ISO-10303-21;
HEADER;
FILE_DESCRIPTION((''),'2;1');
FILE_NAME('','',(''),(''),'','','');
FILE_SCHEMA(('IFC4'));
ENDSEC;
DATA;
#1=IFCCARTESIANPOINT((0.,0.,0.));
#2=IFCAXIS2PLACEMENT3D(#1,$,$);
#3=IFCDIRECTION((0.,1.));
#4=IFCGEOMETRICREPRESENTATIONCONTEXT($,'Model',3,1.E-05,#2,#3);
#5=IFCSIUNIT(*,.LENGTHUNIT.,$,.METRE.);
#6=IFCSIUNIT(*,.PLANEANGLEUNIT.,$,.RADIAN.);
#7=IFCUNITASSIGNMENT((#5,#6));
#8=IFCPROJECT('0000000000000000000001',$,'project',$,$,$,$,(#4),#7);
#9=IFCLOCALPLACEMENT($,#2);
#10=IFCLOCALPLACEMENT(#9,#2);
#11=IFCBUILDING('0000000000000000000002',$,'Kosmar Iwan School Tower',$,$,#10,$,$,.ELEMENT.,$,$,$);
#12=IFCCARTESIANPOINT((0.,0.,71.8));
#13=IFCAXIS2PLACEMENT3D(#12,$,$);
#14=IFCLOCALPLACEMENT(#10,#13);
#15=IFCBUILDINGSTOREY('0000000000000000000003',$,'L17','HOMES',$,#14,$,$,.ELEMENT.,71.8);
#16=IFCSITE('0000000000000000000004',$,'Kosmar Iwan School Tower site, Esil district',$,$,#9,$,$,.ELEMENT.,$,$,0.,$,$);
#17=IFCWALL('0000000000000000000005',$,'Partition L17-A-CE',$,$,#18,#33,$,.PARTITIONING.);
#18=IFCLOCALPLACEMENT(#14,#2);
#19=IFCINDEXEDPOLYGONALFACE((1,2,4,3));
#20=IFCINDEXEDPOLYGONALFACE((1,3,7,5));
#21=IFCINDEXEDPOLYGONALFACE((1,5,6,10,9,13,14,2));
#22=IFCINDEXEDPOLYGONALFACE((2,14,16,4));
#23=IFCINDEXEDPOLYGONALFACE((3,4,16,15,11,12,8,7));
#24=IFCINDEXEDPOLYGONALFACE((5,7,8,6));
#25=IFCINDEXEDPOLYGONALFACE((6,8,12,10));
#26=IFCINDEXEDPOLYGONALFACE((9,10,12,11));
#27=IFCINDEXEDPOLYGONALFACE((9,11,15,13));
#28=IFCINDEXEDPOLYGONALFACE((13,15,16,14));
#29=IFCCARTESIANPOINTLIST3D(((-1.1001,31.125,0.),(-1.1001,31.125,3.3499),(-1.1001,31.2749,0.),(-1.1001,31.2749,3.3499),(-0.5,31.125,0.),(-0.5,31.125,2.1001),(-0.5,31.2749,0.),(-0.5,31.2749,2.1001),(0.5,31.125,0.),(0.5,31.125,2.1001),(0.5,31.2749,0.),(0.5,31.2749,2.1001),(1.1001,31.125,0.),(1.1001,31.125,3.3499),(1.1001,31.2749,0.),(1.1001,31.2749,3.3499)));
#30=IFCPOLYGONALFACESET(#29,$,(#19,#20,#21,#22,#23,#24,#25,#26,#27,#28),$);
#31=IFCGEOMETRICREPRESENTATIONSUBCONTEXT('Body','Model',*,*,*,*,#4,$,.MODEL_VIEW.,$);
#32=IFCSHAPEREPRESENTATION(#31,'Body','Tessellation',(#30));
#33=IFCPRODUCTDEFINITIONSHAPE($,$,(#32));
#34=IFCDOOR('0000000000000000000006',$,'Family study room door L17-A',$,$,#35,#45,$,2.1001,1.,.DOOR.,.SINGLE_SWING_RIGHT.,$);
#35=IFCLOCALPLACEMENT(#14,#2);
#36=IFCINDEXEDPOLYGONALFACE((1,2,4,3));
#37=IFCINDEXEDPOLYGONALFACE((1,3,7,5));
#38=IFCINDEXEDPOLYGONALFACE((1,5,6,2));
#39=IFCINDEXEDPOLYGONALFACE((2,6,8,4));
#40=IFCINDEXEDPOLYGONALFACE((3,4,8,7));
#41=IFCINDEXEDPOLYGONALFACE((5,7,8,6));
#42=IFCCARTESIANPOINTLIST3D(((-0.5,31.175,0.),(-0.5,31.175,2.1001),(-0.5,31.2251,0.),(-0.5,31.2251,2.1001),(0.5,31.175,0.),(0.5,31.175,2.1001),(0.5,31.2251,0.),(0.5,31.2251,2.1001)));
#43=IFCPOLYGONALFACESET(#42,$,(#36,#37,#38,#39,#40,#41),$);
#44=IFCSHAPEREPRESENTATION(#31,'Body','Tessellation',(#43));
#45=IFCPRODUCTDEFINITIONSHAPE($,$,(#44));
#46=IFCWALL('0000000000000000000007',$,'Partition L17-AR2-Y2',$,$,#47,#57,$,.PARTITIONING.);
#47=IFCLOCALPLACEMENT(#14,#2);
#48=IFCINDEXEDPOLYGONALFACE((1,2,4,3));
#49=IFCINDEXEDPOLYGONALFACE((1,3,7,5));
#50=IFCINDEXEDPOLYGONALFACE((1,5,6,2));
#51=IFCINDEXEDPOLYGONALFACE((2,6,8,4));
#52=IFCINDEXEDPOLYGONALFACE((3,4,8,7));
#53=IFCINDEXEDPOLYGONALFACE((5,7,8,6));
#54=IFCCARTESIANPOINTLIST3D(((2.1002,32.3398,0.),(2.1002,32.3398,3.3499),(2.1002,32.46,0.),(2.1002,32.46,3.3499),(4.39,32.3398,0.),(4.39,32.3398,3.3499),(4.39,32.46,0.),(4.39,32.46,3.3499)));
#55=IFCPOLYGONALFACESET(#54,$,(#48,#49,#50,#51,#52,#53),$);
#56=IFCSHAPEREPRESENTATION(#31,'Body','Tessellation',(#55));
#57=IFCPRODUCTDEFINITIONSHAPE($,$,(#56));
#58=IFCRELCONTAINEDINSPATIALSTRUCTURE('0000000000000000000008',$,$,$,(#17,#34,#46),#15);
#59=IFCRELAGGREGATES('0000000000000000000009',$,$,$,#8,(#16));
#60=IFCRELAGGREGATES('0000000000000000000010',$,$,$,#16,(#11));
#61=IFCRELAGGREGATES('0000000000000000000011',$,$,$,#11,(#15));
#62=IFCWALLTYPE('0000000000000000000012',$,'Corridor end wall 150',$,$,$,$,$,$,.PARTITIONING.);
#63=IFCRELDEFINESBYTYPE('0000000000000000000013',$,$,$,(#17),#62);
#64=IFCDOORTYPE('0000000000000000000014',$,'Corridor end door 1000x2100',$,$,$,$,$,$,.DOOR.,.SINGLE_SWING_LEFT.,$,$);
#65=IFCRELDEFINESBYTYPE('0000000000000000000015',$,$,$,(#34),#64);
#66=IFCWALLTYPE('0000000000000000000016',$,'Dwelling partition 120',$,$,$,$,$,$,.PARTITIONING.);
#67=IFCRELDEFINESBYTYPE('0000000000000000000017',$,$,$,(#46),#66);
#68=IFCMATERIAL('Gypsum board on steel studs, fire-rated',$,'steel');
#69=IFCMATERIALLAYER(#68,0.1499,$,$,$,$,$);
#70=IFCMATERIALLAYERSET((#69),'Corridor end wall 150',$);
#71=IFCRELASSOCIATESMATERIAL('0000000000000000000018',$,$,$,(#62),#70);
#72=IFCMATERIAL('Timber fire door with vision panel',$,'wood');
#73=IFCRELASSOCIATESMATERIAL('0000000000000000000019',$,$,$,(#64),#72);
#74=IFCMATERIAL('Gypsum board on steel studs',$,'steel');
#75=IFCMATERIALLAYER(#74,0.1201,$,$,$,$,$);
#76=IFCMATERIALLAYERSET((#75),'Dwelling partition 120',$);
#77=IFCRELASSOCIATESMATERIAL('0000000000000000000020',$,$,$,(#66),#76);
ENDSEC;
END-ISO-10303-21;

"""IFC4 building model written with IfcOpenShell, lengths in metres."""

from ifc_helpers import new_model, si_unit, direction, frame, frame_2d, origin, place, context, subcontext, project, spatial, rectangle, extrude, material, layer, layer_set, type_object, element, fill, save


model = new_model("IFC4")

# Units and contexts
model_context = context("Model", 3, precision=1e-05, world=origin(), true_north=direction((0.0, 1.0)))
body_context = subcontext(model_context, "Body", "Model", "MODEL_VIEW")
ifc_project = project(units=[si_unit("LENGTHUNIT", "METRE"), si_unit("PLANEANGLEUNIT", "RADIAN")], contexts=[model_context])

# Site, building, storey
site_placement = place(None, origin())
site = spatial("IfcSite", under=ifc_project, at=site_placement, Name="Kosmar Iwan School Tower site, Esil district", CompositionType="ELEMENT", RefElevation=0.0)
building_placement = place(site_placement, origin())
building = spatial("IfcBuilding", under=site, at=building_placement, Name="Kosmar Iwan School Tower", CompositionType="ELEMENT")
storey_placement = place(building_placement, frame((0.0, 0.0, 71.8)))
storey = spatial("IfcBuildingStorey", under=building, at=storey_placement, Name="L17", Description="HOMES", CompositionType="ELEMENT", Elevation=71.8)

# Wall, opening, door
ifc_material_1 = material(Name="Gypsum board on steel studs, fire-rated", Category="steel")
ifc_layer_1 = layer(ifc_material_1, 0.1499)
ifc_layer_set_1 = layer_set([ifc_layer_1], Name="Corridor end wall 150")
wall_type_1 = type_object("IfcWallType", Name="Corridor end wall 150", PredefinedType="PARTITIONING", material=ifc_layer_set_1)
wall_1_placement = place(storey_placement, frame((1.1001, 31.2, 0.0), z_axis=(0.0, 0.0, 1.0), x_axis=(-1.0, 0.0, 0.0)))
wall_1 = element("IfcWall", 1, at=wall_1_placement, inside=storey, type_object=wall_type_1, Name="Partition L17-A-CE", PredefinedType="PARTITIONING", context=body_context, shape_type="SweptSolid", body=[
    extrude(rectangle(XDim=2.2002, YDim=0.1499, at=frame_2d((1.1001, 0.0))), origin(), (0.0, 0.0, 1.0), 3.3499),
])
opening_placement = place(wall_1_placement, frame((0.6001, 0.0, 0.0)))
opening = element("IfcOpeningElement", 2, at=opening_placement, cuts=wall_1, PredefinedType="OPENING", context=body_context, shape_type="SweptSolid", body=[
    extrude(rectangle(XDim=1.0, YDim=2.1001, at=frame_2d((0.5, 1.05))), frame((0.0, 0.0869, 0.0), z_axis=(0.0, -1.0, 0.0), x_axis=(1.0, 0.0, 0.0)), (0.0, 0.0, 1.0), 0.1738),
])
ifc_material_2 = material(Name="Timber fire door with vision panel", Category="wood")
door_type = type_object("IfcDoorType", Name="Corridor end door 1000x2100", OperationType="SINGLE_SWING_LEFT", PredefinedType="DOOR", material=ifc_material_2)
door_placement = place(opening_placement, origin())
door = element("IfcDoor", 3, at=door_placement, inside=storey, type_object=door_type, Name="Family study room door L17-A", OperationType="SINGLE_SWING_RIGHT", OverallHeight=2.1001, OverallWidth=1.0, PredefinedType="DOOR", context=body_context, shape_type="SweptSolid", body=[
    extrude(rectangle(XDim=1.0, YDim=2.1001, at=frame_2d((0.5, 1.05))), frame((0.0, 0.0249, 0.0), z_axis=(0.0, -1.0, 0.0), x_axis=(1.0, 0.0, 0.0)), (0.0, 0.0, 1.0), 0.05),
])
fill(opening, door)

# Wall
ifc_material_3 = material(Name="Gypsum board on steel studs", Category="steel")
ifc_layer_2 = layer(ifc_material_3, 0.1201)
ifc_layer_set_2 = layer_set([ifc_layer_2], Name="Dwelling partition 120")
wall_type_2 = type_object("IfcWallType", Name="Dwelling partition 120", PredefinedType="PARTITIONING", material=ifc_layer_set_2)
wall_2_placement = place(storey_placement, frame((2.1001, 32.3999, 0.0), z_axis=(0.0, 0.0, 1.0), x_axis=(1.0, 0.0, 0.0)))
element("IfcWall", 4, at=wall_2_placement, inside=storey, type_object=wall_type_2, Name="Partition L17-AR2-Y2", PredefinedType="PARTITIONING", context=body_context, shape_type="SweptSolid", body=[
    extrude(rectangle(XDim=2.2898, YDim=0.1201, at=frame_2d((1.145, 0.0))), origin(), (0.0, 0.0, 1.0), 3.3499),
])

save(model, "model.ifc")
